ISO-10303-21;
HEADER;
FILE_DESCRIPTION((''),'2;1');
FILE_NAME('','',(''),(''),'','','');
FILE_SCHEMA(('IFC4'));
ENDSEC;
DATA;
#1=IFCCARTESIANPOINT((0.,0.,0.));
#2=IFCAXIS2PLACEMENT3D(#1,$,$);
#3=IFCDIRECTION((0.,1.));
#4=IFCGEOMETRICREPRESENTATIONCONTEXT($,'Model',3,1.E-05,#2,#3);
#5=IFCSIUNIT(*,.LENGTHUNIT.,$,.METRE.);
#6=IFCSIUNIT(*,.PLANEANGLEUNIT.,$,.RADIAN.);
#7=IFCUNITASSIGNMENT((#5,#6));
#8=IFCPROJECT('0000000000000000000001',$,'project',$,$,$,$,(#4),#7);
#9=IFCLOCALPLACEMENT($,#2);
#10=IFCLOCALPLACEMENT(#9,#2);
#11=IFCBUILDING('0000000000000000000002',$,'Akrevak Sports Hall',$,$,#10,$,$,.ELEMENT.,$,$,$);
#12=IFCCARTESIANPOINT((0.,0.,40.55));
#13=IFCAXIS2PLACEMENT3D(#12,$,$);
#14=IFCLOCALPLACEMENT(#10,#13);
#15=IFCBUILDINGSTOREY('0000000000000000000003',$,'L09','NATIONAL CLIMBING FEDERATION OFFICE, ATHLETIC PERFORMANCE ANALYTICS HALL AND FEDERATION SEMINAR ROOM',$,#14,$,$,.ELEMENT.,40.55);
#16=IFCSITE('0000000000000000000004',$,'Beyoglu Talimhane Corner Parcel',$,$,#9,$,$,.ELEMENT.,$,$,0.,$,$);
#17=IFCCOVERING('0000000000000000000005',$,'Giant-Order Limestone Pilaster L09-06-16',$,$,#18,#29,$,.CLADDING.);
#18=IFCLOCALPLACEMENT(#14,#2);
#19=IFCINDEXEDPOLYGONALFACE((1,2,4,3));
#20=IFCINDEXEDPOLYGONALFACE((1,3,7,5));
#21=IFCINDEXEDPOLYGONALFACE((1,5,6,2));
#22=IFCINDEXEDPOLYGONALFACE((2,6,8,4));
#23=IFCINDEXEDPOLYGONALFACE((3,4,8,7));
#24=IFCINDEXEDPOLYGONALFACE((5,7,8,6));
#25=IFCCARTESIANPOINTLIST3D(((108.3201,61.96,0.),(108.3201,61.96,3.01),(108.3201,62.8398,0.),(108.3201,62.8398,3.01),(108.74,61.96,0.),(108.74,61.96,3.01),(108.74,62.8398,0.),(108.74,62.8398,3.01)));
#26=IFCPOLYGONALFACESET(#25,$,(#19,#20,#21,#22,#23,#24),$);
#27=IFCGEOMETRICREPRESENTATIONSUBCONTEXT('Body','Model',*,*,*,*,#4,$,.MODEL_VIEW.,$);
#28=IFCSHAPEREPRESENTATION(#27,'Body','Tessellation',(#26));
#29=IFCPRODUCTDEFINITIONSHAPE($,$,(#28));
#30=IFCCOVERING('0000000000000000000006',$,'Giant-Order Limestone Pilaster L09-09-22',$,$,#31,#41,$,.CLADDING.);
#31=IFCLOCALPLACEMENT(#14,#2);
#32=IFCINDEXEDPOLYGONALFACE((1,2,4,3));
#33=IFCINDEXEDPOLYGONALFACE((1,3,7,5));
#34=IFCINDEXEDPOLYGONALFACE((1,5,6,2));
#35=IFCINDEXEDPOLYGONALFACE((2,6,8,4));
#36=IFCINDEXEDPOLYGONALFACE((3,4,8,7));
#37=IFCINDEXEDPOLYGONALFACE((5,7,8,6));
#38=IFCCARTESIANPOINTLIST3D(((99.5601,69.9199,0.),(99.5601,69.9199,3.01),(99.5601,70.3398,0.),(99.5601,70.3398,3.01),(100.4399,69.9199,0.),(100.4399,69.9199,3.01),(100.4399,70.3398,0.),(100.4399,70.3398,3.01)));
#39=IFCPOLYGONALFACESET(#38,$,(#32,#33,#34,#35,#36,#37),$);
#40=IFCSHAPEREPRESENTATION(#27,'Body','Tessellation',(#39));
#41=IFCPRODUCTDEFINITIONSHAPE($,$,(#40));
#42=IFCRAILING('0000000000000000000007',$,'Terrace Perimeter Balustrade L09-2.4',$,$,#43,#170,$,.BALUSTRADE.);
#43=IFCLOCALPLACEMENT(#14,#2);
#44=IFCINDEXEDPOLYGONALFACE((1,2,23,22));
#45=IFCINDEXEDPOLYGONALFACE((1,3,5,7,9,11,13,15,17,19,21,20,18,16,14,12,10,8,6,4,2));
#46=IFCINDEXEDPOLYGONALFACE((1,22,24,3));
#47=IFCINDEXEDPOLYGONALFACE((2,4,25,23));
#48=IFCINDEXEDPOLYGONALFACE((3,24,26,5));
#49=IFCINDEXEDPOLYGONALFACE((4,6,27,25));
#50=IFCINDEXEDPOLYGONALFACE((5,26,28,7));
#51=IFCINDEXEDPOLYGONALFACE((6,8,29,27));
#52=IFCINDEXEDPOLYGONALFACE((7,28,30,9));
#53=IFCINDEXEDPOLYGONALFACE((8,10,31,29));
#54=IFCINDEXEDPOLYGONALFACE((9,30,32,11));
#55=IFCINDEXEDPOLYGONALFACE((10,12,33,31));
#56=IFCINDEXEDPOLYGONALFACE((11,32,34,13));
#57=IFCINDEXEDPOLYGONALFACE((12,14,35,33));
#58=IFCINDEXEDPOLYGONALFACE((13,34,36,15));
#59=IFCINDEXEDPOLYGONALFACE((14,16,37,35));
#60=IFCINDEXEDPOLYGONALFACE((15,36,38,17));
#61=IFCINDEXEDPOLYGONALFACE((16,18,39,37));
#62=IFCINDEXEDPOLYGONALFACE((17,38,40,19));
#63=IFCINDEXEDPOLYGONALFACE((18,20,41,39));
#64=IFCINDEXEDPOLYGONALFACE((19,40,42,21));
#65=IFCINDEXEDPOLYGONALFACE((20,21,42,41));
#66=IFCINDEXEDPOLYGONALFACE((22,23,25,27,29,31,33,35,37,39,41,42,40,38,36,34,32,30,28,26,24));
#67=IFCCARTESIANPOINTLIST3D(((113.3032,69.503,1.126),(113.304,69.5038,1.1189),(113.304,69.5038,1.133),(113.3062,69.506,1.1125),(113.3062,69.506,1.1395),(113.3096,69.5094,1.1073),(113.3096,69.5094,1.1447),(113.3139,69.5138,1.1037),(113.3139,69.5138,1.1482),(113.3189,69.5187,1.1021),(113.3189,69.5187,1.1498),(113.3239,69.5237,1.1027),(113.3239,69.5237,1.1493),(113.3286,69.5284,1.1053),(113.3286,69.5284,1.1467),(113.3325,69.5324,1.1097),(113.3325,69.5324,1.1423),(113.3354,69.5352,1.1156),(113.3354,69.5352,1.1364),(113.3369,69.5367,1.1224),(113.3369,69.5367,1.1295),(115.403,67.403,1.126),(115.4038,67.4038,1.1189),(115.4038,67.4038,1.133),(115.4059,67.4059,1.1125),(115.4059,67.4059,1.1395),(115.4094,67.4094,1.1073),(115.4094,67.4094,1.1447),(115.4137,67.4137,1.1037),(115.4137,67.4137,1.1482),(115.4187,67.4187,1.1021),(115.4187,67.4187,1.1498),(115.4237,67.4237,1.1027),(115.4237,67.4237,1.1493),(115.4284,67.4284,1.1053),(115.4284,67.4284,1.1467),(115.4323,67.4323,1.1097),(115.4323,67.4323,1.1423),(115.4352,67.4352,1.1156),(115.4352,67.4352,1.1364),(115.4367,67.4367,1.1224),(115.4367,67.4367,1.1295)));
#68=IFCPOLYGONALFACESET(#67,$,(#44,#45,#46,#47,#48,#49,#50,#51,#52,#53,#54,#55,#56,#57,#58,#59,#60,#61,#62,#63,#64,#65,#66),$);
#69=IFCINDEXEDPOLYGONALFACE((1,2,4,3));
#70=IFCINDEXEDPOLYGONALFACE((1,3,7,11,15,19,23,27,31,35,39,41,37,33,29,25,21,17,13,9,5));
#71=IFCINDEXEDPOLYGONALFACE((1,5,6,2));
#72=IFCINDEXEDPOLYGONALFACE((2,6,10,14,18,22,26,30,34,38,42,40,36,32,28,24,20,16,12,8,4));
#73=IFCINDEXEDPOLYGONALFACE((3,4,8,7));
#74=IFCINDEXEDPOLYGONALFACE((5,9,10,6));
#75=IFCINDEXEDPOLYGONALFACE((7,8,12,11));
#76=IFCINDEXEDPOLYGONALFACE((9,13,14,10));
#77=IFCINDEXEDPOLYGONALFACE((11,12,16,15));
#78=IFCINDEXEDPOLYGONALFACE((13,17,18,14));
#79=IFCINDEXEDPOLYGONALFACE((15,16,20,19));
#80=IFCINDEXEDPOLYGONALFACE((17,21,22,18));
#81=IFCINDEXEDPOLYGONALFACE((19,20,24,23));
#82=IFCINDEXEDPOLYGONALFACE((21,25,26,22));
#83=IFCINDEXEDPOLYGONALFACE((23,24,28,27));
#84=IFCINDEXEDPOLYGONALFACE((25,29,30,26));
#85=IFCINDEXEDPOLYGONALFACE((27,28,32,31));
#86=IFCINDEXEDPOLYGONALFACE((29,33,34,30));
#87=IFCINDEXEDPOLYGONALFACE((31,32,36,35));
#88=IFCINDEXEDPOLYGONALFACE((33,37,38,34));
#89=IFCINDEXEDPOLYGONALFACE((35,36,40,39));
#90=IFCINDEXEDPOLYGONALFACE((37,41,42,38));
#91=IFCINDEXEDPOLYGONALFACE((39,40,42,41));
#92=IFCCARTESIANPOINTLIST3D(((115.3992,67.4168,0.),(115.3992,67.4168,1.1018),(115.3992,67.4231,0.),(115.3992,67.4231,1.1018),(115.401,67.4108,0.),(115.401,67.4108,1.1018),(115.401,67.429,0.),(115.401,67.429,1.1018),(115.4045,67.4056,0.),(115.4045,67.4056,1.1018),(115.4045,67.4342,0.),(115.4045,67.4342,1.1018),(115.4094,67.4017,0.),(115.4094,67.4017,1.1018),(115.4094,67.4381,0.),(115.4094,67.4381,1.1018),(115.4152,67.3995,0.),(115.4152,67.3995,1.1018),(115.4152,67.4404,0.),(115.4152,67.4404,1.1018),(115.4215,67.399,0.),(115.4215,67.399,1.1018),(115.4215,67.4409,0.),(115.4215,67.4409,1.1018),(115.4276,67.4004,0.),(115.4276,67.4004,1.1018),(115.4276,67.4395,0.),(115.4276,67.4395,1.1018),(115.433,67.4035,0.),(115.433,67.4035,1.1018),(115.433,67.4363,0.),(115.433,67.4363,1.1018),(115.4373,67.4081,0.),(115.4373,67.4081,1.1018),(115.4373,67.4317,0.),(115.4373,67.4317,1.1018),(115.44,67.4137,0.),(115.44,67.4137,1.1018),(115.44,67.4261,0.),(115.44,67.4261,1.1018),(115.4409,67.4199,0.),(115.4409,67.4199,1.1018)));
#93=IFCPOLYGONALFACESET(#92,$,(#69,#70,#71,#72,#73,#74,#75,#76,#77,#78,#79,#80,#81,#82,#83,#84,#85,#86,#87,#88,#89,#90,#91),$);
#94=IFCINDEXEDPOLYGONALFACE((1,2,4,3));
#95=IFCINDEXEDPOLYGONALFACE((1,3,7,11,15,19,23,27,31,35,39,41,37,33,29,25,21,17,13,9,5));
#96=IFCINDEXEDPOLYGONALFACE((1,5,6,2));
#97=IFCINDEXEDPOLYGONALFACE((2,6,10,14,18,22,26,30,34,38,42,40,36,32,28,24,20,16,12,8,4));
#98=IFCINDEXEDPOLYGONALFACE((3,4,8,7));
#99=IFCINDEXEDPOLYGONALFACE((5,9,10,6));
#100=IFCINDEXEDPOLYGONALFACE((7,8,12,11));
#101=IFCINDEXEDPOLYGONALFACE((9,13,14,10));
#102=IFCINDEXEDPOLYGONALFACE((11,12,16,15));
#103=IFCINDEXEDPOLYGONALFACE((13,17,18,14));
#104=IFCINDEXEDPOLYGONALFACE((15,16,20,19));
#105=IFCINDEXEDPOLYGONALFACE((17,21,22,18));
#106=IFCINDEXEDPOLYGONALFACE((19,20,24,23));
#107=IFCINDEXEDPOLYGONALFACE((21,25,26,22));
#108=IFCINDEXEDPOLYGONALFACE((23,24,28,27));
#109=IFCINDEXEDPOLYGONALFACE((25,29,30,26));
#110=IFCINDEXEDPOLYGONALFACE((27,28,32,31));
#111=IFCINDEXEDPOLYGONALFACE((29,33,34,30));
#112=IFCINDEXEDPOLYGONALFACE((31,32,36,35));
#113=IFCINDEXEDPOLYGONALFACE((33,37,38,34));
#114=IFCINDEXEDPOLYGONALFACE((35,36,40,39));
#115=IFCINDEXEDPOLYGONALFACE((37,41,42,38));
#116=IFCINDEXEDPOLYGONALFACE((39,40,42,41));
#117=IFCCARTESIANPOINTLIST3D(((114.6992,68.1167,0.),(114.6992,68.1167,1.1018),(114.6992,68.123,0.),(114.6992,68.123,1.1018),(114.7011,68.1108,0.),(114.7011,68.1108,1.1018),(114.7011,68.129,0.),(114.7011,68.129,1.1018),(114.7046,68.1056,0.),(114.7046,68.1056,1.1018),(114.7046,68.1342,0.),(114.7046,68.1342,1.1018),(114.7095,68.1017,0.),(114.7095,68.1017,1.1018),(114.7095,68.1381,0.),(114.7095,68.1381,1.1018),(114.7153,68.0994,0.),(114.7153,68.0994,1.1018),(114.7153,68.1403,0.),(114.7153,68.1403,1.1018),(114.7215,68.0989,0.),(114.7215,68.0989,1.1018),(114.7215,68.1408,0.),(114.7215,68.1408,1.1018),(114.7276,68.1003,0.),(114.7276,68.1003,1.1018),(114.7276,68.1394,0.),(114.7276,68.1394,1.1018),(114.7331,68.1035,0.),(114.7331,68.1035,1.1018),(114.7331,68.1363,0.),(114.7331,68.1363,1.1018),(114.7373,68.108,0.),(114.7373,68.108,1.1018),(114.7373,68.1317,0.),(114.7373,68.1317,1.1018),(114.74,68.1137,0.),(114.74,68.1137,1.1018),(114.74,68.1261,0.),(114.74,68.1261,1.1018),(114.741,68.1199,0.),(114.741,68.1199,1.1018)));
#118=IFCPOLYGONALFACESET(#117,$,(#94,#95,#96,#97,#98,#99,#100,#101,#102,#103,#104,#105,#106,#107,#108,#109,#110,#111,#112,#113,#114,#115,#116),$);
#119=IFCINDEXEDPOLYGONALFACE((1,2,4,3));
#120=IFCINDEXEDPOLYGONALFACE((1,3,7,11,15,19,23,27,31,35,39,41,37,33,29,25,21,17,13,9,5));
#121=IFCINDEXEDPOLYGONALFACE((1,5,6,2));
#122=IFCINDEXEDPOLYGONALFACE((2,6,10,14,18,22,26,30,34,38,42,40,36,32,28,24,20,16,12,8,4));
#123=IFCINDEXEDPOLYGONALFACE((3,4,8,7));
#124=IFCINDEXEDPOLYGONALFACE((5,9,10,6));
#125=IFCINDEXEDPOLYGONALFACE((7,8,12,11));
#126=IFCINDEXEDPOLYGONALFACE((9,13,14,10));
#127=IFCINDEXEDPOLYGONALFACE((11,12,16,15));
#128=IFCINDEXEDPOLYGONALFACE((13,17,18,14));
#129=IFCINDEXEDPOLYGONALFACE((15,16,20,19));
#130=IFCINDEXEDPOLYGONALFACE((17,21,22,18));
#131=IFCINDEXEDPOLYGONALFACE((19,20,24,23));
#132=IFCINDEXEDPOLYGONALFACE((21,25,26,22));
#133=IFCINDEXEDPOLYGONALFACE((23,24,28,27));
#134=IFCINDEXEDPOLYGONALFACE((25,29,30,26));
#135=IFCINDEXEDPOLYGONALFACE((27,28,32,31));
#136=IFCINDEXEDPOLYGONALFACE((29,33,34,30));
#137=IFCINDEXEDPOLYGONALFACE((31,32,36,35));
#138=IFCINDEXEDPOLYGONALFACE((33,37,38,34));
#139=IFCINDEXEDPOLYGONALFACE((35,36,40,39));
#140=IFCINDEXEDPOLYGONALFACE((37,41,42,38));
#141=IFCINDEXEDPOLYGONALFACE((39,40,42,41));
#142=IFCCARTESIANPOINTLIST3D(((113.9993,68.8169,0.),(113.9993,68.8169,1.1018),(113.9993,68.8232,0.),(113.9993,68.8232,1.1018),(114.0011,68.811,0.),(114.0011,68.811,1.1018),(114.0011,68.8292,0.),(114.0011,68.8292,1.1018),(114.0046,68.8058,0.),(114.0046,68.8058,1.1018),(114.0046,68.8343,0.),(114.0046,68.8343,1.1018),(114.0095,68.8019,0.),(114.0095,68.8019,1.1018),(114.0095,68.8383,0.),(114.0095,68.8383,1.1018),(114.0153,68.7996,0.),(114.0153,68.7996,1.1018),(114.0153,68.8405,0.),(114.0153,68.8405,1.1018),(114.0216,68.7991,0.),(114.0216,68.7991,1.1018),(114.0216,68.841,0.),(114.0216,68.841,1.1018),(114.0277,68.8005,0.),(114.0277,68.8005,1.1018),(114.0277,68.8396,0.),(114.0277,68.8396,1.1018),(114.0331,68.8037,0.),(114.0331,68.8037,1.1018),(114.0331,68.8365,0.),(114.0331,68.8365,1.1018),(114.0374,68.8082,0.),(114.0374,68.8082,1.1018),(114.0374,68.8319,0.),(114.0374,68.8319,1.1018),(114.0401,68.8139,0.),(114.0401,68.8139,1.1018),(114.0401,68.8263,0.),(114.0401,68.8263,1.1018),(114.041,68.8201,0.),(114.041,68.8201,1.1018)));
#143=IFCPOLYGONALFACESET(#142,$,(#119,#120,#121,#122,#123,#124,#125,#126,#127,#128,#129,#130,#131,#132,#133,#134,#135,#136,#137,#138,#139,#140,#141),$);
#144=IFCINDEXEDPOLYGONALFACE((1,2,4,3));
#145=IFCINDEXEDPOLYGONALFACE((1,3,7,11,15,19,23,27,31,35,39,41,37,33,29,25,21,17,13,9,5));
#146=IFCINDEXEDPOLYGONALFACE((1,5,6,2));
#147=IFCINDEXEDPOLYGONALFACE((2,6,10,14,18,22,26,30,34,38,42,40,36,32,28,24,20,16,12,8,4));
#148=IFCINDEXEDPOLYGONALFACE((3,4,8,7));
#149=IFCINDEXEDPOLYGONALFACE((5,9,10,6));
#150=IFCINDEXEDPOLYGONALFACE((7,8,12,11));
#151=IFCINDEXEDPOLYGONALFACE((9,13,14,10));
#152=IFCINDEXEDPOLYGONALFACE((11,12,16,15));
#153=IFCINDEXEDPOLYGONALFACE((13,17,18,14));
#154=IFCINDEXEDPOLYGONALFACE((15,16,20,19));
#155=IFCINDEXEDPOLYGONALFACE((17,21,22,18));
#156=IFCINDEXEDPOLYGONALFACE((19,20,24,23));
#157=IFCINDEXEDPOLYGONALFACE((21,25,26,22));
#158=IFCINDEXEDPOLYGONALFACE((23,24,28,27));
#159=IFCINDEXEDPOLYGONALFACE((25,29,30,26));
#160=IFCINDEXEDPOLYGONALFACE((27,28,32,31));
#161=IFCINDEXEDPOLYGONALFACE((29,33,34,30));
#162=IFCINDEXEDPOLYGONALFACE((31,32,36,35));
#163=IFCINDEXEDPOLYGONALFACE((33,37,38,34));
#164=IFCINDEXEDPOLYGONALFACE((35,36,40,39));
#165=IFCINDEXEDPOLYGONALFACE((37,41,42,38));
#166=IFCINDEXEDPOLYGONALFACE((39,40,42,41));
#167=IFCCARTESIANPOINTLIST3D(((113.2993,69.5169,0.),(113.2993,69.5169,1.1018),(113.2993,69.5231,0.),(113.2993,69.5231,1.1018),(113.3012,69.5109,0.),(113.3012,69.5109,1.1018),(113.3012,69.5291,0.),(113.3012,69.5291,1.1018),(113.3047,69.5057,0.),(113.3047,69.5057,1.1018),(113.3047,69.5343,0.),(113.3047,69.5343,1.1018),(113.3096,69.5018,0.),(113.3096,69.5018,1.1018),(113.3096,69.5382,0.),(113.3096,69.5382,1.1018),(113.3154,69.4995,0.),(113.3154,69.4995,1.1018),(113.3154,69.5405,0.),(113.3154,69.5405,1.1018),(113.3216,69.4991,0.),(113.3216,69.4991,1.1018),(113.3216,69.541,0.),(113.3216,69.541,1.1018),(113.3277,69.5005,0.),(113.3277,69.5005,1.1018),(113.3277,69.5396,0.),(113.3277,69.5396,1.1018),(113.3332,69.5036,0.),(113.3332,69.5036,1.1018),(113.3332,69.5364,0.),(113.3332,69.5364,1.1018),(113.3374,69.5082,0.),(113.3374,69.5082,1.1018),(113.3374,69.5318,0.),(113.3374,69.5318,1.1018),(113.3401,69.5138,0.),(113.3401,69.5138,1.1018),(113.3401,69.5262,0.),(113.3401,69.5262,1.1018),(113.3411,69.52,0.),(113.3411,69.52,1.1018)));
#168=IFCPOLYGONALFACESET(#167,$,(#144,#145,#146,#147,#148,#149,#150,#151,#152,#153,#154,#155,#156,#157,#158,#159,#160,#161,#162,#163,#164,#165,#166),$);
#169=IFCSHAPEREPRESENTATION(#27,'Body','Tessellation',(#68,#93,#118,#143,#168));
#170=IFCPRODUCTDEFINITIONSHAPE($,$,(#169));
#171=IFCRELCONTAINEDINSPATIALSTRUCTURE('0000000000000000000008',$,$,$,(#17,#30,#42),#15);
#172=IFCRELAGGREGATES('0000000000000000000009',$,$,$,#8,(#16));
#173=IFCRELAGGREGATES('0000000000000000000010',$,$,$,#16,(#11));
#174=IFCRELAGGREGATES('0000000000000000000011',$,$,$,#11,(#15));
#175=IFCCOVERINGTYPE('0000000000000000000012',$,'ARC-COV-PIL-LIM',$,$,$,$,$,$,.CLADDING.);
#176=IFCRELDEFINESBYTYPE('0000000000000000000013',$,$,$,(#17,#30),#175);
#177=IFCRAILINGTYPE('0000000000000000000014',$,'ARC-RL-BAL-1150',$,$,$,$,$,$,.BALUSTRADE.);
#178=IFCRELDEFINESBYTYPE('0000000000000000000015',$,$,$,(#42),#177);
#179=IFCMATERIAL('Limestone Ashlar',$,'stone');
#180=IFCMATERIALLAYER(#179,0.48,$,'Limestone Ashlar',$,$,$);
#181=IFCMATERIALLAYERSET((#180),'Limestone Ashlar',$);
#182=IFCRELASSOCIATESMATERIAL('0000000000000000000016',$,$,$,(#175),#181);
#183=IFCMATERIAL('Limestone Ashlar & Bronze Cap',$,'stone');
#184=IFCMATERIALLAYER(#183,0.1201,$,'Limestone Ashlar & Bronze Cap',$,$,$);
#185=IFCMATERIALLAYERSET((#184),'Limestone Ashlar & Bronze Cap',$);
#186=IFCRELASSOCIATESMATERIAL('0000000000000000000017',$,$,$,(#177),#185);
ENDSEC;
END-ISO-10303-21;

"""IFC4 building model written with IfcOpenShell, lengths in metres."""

from ifc_helpers import new_model, si_unit, direction, frame, origin, origin_2d, place, context, subcontext, project, spatial, rectangle, circle, extrude, material, layer, layer_set, type_object, element, save


model = new_model("IFC4")

# Units and contexts
model_context = context("Model", 3, precision=1e-05, world=origin(), true_north=direction((0.0, 1.0)))
body_context = subcontext(model_context, "Body", "Model", "MODEL_VIEW")
ifc_project = project(units=[si_unit("LENGTHUNIT", "METRE"), si_unit("PLANEANGLEUNIT", "RADIAN")], contexts=[model_context])

# Site, building, storey
site_placement = place(None, origin())
site = spatial("IfcSite", under=ifc_project, at=site_placement, Name="Beyoglu Talimhane Corner Parcel", CompositionType="ELEMENT", RefElevation=0.0)
building_placement = place(site_placement, origin())
building = spatial("IfcBuilding", under=site, at=building_placement, Name="Akrevak Sports Hall", CompositionType="ELEMENT")
storey_placement = place(building_placement, frame((0.0, 0.0, 40.55)))
storey = spatial("IfcBuildingStorey", under=building, at=storey_placement, Name="L09", Description="NATIONAL CLIMBING FEDERATION OFFICE, ATHLETIC PERFORMANCE ANALYTICS HALL AND FEDERATION SEMINAR ROOM", CompositionType="ELEMENT", Elevation=40.55)

# Shared definitions
ifc_material_1 = material(Name="Limestone Ashlar", Category="stone")

# Coverings
ifc_layer_1 = layer(ifc_material_1, 0.48, Name="Limestone Ashlar")
ifc_layer_set_1 = layer_set([ifc_layer_1], Name="Limestone Ashlar")
covering_type_1 = type_object("IfcCoveringType", Name="ARC-COV-PIL-LIM", PredefinedType="CLADDING", material=ifc_layer_set_1)
for number, where, z_axis, x_axis, name in (
    (1, (108.53, 62.3999, 0.0), (0.0, 0.0, 1.0), (0.0, 1.0, 0.0), "Giant-Order Limestone Pilaster L09-06-16"),
    (2, (100.0, 70.1299, 0.0), (0.0, 0.0, 1.0), (-1.0, 0.0, 0.0), "Giant-Order Limestone Pilaster L09-09-22"),
):
    element("IfcCovering", number, at=place(storey_placement, frame(where, z_axis=z_axis, x_axis=x_axis)), inside=storey, type_object=covering_type_1, Name=name, PredefinedType="CLADDING", context=body_context, shape_type="SweptSolid", body=[
        extrude(rectangle(XDim=0.8799, YDim=0.4199, at=origin_2d()), origin(), (0.0, 0.0, 1.0), 3.01),
    ])

# Railing
ifc_material_2 = material(Name="Limestone Ashlar & Bronze Cap", Category="stone")
ifc_layer_2 = layer(ifc_material_2, 0.1201, Name="Limestone Ashlar & Bronze Cap")
ifc_layer_set_2 = layer_set([ifc_layer_2], Name="Limestone Ashlar & Bronze Cap")
railing_type = type_object("IfcRailingType", Name="ARC-RL-BAL-1150", PredefinedType="BALUSTRADE", material=ifc_layer_set_2)
railing_1_placement = place(storey_placement, frame((115.4199, 67.4199, 0.0)))
element("IfcRailing", 3, at=railing_1_placement, inside=storey, type_object=railing_type, Name="Terrace Perimeter Balustrade L09-2.4", PredefinedType="BALUSTRADE", context=body_context, shape_type="SweptSolid", body=[
    extrude(circle(Radius=0.0239, at=origin_2d()), frame((0.0, 0.0, 1.126), z_axis=(-0.707066, 0.707148, 0.0), x_axis=(-0.707148, -0.707066, 0.0)), (0.0, 0.0, 1.0), 2.9697),
    extrude(circle(Radius=0.021, at=origin_2d()), origin(), (0.0, 0.0, 1.0), 1.1018),
    extrude(circle(Radius=0.021, at=origin_2d()), frame((-0.7, 0.7, 0.0)), (0.0, 0.0, 1.0), 1.1018),
    extrude(circle(Radius=0.021, at=origin_2d()), frame((-1.3999, 1.4001, 0.0)), (0.0, 0.0, 1.0), 1.1018),
    extrude(circle(Radius=0.021, at=origin_2d()), frame((-2.0999, 2.1001, 0.0)), (0.0, 0.0, 1.0), 1.1018),
])

save(model, "model.ifc")
